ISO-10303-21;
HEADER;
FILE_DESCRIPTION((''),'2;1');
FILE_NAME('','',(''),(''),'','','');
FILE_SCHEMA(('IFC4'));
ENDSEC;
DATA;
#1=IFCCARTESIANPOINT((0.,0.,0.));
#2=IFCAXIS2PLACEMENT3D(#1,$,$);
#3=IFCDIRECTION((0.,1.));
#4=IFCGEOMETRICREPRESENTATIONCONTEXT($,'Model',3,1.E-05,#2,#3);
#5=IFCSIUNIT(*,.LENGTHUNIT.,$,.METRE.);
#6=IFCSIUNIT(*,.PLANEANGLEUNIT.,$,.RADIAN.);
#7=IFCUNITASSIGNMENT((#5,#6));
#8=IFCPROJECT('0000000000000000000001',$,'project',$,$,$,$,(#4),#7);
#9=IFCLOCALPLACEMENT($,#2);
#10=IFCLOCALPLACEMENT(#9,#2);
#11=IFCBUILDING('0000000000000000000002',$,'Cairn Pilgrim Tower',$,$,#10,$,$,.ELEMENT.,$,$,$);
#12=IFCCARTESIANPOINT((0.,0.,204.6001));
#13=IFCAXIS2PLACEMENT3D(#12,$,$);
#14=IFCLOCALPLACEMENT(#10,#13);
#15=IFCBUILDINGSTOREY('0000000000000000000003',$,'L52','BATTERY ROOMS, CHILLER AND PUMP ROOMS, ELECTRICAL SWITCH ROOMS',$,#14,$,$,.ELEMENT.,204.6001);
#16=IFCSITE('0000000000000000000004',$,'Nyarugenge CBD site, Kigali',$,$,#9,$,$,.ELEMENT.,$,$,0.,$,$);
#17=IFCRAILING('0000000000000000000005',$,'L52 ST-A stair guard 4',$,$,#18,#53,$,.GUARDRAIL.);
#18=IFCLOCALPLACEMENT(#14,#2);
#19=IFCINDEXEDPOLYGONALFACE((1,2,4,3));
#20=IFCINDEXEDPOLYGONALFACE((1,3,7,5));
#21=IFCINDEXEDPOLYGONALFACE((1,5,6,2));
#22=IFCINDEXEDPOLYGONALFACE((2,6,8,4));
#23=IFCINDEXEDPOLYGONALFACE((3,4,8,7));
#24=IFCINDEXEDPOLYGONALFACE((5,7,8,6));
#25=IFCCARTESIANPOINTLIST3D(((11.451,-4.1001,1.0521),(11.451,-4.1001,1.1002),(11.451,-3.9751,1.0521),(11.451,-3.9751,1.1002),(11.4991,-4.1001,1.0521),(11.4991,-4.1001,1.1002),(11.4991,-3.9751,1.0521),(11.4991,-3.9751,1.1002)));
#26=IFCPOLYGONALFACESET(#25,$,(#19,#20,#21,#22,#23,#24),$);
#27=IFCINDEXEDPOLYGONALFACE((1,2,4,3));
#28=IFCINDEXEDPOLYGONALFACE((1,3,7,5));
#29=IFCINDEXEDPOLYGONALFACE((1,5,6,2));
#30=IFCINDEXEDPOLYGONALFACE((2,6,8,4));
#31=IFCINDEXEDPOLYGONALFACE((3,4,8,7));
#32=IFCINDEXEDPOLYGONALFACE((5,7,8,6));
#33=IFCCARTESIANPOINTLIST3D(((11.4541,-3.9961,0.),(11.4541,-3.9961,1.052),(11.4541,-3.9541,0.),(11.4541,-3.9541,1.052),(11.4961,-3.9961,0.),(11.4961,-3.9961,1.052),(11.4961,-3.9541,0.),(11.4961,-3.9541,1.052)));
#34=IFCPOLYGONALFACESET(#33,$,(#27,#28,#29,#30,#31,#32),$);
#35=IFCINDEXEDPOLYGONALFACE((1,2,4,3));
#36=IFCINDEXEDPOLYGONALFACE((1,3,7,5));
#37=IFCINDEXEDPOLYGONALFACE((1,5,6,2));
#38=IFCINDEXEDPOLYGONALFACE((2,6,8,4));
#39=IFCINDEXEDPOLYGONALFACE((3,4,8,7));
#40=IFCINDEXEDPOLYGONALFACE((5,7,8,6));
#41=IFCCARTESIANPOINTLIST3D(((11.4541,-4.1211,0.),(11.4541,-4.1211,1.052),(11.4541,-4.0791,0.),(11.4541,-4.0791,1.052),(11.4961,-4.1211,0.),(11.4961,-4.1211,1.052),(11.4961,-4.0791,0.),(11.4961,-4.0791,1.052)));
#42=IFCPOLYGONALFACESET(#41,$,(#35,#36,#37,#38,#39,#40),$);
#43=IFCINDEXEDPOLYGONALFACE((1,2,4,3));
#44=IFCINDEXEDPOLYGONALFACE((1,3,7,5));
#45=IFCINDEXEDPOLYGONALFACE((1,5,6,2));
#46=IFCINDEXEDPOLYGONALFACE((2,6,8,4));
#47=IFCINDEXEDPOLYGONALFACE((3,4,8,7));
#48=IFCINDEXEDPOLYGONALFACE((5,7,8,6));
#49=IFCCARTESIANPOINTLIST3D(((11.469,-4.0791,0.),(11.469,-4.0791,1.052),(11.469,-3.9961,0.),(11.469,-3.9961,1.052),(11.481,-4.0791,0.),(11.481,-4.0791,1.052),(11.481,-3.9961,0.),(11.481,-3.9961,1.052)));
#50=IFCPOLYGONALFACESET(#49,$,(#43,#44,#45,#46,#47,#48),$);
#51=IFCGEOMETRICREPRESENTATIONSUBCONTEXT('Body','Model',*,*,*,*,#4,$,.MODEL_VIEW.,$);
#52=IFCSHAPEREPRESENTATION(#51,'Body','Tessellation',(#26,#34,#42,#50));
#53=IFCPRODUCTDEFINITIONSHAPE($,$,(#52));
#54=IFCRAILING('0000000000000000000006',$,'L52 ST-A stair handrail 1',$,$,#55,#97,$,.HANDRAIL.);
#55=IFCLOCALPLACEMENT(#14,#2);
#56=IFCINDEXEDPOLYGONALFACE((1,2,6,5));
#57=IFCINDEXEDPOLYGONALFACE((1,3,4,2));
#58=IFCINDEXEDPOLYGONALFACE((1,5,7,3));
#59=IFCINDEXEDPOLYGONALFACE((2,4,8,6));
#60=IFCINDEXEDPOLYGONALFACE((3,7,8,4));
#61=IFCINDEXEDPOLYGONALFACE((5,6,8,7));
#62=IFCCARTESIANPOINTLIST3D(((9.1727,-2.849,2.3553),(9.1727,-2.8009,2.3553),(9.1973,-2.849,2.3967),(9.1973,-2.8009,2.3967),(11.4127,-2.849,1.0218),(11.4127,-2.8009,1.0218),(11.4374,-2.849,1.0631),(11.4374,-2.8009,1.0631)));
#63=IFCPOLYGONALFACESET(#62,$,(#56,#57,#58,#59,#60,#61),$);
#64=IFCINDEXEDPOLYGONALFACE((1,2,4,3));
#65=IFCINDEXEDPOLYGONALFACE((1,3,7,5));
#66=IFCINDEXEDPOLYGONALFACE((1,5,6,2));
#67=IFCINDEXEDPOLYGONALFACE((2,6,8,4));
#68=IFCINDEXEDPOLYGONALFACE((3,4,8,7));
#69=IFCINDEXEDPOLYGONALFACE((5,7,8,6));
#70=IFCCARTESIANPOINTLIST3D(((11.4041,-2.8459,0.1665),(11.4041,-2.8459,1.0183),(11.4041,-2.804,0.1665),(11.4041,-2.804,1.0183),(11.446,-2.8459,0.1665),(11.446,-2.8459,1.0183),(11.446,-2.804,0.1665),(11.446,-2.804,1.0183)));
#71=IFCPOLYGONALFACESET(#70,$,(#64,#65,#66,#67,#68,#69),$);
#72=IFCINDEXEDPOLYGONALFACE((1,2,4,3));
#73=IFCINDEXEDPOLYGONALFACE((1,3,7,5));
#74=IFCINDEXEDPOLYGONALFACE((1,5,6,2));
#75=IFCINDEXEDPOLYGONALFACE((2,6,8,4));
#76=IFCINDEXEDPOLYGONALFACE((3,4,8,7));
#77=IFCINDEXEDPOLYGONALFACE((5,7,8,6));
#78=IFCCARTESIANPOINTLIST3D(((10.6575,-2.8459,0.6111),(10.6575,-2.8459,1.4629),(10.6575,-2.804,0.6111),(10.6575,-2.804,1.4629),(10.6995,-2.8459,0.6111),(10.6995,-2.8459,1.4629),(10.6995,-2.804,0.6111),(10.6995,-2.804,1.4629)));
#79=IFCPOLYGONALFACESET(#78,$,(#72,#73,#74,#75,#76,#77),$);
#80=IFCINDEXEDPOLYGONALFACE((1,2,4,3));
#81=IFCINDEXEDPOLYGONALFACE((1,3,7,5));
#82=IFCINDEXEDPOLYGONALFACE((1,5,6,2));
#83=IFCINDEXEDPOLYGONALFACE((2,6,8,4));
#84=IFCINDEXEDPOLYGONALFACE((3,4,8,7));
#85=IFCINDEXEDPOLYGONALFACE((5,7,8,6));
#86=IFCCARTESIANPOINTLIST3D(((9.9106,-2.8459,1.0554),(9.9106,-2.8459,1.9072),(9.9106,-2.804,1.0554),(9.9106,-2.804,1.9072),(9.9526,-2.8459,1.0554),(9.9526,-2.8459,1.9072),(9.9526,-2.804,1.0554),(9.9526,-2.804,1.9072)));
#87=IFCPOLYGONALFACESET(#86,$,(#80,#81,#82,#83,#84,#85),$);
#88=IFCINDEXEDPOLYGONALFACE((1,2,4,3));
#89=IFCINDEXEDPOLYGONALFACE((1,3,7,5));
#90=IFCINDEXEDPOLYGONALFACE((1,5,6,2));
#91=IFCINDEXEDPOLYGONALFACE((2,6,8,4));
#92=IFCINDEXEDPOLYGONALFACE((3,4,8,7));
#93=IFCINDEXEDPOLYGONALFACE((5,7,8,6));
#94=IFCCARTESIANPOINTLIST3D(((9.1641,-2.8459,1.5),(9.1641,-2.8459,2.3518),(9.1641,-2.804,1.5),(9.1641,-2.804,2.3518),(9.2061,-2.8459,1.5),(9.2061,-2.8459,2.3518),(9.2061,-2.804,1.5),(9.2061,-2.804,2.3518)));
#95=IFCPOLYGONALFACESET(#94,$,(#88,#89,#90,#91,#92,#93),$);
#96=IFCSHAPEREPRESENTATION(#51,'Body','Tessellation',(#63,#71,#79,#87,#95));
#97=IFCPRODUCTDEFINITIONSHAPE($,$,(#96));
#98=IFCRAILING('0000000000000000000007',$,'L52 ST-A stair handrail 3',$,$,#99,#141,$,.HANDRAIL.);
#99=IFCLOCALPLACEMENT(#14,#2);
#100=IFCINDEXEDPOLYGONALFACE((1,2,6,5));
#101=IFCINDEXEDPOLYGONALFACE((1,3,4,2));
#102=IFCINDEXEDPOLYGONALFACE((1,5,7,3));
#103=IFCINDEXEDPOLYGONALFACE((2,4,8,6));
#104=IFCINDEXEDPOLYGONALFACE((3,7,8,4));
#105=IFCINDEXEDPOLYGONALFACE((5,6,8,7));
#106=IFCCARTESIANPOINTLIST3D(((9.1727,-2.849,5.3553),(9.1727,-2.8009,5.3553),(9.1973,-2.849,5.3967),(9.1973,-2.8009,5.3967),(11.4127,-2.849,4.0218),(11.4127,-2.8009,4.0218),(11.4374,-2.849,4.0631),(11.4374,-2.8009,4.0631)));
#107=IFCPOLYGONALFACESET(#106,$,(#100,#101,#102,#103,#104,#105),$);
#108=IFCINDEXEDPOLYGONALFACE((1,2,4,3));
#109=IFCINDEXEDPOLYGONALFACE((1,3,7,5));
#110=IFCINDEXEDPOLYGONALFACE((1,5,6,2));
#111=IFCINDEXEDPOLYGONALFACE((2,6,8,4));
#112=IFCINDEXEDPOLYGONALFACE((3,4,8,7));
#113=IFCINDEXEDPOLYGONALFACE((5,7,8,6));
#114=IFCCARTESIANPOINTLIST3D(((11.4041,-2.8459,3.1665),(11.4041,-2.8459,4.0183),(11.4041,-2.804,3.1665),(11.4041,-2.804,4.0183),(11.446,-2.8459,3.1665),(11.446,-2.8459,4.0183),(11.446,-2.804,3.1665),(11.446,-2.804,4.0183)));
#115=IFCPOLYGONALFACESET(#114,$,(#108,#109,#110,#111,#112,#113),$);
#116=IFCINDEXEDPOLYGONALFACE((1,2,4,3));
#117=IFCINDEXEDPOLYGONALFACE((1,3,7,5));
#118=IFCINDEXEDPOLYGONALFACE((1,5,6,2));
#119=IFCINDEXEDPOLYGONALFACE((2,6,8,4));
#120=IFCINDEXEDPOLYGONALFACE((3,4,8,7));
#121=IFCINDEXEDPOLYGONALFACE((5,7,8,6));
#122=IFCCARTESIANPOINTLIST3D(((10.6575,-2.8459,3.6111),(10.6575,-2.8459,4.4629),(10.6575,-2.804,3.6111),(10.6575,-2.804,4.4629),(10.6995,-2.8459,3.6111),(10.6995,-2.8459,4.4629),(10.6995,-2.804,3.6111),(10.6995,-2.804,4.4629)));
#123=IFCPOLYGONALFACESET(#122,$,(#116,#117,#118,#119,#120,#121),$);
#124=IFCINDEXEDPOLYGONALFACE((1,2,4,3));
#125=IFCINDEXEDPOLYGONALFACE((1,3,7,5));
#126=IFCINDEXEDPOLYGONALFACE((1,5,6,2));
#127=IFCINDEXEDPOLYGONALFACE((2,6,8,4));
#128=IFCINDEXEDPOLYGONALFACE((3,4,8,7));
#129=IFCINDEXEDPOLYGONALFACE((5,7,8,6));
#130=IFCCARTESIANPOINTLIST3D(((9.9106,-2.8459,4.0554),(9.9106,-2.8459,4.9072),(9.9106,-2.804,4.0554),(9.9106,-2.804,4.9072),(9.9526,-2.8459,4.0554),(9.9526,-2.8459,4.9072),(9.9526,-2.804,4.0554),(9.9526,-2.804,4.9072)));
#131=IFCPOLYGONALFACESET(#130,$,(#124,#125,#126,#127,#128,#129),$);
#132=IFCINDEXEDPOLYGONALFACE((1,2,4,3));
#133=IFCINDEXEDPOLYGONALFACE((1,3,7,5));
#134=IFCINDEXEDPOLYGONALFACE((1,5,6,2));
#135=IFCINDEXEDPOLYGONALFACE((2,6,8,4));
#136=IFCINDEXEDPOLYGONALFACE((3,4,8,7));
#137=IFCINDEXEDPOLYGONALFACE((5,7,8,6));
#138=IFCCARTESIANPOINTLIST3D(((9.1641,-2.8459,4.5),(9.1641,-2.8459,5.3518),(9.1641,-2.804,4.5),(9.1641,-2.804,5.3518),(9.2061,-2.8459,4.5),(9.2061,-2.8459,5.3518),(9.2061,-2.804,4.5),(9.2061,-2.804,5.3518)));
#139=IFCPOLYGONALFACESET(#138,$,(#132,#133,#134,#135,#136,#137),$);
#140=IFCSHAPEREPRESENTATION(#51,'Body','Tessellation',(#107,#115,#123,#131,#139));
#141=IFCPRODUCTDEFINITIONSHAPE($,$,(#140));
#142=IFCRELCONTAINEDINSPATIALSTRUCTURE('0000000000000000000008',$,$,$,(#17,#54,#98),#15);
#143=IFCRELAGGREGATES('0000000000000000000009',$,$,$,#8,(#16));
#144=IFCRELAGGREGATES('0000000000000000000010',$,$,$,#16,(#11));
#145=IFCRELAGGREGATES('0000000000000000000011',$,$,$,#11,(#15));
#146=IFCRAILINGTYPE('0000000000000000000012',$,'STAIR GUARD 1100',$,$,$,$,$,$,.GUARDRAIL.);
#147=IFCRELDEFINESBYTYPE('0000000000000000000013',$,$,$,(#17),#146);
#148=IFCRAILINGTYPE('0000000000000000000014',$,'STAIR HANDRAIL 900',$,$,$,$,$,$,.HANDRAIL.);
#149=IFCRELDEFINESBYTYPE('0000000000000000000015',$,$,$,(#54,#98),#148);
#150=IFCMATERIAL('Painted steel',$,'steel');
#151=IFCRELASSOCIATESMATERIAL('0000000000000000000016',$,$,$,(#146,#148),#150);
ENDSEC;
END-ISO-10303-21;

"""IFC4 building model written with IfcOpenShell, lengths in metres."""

from ifc_helpers import new_model, si_unit, direction, frame, origin, origin_2d, place, context, subcontext, project, spatial, polyline, rectangle, outline, extrude, material, type_object, element, save


model = new_model("IFC4")

# Units and contexts
model_context = context("Model", 3, precision=1e-05, world=origin(), true_north=direction((0.0, 1.0)))
body_context = subcontext(model_context, "Body", "Model", "MODEL_VIEW")
ifc_project = project(units=[si_unit("LENGTHUNIT", "METRE"), si_unit("PLANEANGLEUNIT", "RADIAN")], contexts=[model_context])

# Site, building, storey
site_placement = place(None, origin())
site = spatial("IfcSite", under=ifc_project, at=site_placement, Name="Nyarugenge CBD site, Kigali", CompositionType="ELEMENT", RefElevation=0.0)
building_placement = place(site_placement, origin())
building = spatial("IfcBuilding", under=site, at=building_placement, Name="Cairn Pilgrim Tower", CompositionType="ELEMENT")
storey_placement = place(building_placement, frame((0.0, 0.0, 204.6001)))
storey = spatial("IfcBuildingStorey", under=building, at=storey_placement, Name="L52", Description="BATTERY ROOMS, CHILLER AND PUMP ROOMS, ELECTRICAL SWITCH ROOMS", CompositionType="ELEMENT", Elevation=204.6001)

# Shared definitions
ifc_material_1 = material(Name="Painted steel", Category="steel")

# Railings
railing_type_1 = type_object("IfcRailingType", Name="STAIR GUARD 1100", PredefinedType="GUARDRAIL", material=ifc_material_1)
railing_1_placement = place(storey_placement, frame((11.4751, -3.9751, 0.0)))
element("IfcRailing", 1, at=railing_1_placement, inside=storey, type_object=railing_type_1, Name="L52 ST-A stair guard 4", PredefinedType="GUARDRAIL", context=body_context, shape_type="SweptSolid", body=[
    extrude(rectangle(XDim=0.0481, YDim=0.0481, at=origin_2d()), frame((0.0, 0.0, 1.0762), z_axis=(0.0, -1.0, 0.0), x_axis=(1.0, 0.0, 0.0)), (0.0, 0.0, 1.0), 0.125),
    extrude(rectangle(XDim=0.042, YDim=0.042, at=origin_2d()), origin(), (0.0, 0.0, 1.0), 1.052),
    extrude(rectangle(XDim=0.042, YDim=0.042, at=origin_2d()), frame((0.0, -0.125, 0.0)), (0.0, 0.0, 1.0), 1.052),
    extrude(outline(polyline([(0.021, 0.0), (0.104, 0.0), (0.104, 1.052), (0.021, 1.052), (0.021, 0.0)])), frame((0.0059, 0.0, 0.0), z_axis=(-1.0, 0.0, 0.0), x_axis=(0.0, -1.0, 0.0)), (0.0, 0.0, 1.0), 0.012),
])
railing_type_2 = type_object("IfcRailingType", Name="STAIR HANDRAIL 900", PredefinedType="HANDRAIL", material=ifc_material_1)
for number, where, name in (
    (2, (11.425, -2.825, 0.1665), "L52 ST-A stair handrail 1"),
    (3, (11.425, -2.825, 3.1665), "L52 ST-A stair handrail 3"),
):
    element("IfcRailing", number, at=place(storey_placement, frame(where)), inside=storey, type_object=railing_type_2, Name=name, PredefinedType="HANDRAIL", context=body_context, shape_type="SweptSolid", body=[
        extrude(rectangle(XDim=0.0481, YDim=0.0481, at=origin_2d()), frame((0.0, 0.0, 0.876), z_axis=(-0.859264, 0.0, 0.511532), x_axis=(0.0, -1.0, 0.0)), (0.0, 0.0, 1.0), 2.6069),
        extrude(rectangle(XDim=0.042, YDim=0.042, at=origin_2d()), origin(), (0.0, 0.0, 1.0), 0.8518),
        extrude(rectangle(XDim=0.042, YDim=0.042, at=origin_2d()), frame((-0.7466, 0.0, 0.4446)), (0.0, 0.0, 1.0), 0.8518),
        extrude(rectangle(XDim=0.042, YDim=0.042, at=origin_2d()), frame((-1.4934, 0.0, 0.8889)), (0.0, 0.0, 1.0), 0.8518),
        extrude(rectangle(XDim=0.042, YDim=0.042, at=origin_2d()), frame((-2.24, 0.0, 1.3335)), (0.0, 0.0, 1.0), 0.8518),
    ])

save(model, "model.ifc")
